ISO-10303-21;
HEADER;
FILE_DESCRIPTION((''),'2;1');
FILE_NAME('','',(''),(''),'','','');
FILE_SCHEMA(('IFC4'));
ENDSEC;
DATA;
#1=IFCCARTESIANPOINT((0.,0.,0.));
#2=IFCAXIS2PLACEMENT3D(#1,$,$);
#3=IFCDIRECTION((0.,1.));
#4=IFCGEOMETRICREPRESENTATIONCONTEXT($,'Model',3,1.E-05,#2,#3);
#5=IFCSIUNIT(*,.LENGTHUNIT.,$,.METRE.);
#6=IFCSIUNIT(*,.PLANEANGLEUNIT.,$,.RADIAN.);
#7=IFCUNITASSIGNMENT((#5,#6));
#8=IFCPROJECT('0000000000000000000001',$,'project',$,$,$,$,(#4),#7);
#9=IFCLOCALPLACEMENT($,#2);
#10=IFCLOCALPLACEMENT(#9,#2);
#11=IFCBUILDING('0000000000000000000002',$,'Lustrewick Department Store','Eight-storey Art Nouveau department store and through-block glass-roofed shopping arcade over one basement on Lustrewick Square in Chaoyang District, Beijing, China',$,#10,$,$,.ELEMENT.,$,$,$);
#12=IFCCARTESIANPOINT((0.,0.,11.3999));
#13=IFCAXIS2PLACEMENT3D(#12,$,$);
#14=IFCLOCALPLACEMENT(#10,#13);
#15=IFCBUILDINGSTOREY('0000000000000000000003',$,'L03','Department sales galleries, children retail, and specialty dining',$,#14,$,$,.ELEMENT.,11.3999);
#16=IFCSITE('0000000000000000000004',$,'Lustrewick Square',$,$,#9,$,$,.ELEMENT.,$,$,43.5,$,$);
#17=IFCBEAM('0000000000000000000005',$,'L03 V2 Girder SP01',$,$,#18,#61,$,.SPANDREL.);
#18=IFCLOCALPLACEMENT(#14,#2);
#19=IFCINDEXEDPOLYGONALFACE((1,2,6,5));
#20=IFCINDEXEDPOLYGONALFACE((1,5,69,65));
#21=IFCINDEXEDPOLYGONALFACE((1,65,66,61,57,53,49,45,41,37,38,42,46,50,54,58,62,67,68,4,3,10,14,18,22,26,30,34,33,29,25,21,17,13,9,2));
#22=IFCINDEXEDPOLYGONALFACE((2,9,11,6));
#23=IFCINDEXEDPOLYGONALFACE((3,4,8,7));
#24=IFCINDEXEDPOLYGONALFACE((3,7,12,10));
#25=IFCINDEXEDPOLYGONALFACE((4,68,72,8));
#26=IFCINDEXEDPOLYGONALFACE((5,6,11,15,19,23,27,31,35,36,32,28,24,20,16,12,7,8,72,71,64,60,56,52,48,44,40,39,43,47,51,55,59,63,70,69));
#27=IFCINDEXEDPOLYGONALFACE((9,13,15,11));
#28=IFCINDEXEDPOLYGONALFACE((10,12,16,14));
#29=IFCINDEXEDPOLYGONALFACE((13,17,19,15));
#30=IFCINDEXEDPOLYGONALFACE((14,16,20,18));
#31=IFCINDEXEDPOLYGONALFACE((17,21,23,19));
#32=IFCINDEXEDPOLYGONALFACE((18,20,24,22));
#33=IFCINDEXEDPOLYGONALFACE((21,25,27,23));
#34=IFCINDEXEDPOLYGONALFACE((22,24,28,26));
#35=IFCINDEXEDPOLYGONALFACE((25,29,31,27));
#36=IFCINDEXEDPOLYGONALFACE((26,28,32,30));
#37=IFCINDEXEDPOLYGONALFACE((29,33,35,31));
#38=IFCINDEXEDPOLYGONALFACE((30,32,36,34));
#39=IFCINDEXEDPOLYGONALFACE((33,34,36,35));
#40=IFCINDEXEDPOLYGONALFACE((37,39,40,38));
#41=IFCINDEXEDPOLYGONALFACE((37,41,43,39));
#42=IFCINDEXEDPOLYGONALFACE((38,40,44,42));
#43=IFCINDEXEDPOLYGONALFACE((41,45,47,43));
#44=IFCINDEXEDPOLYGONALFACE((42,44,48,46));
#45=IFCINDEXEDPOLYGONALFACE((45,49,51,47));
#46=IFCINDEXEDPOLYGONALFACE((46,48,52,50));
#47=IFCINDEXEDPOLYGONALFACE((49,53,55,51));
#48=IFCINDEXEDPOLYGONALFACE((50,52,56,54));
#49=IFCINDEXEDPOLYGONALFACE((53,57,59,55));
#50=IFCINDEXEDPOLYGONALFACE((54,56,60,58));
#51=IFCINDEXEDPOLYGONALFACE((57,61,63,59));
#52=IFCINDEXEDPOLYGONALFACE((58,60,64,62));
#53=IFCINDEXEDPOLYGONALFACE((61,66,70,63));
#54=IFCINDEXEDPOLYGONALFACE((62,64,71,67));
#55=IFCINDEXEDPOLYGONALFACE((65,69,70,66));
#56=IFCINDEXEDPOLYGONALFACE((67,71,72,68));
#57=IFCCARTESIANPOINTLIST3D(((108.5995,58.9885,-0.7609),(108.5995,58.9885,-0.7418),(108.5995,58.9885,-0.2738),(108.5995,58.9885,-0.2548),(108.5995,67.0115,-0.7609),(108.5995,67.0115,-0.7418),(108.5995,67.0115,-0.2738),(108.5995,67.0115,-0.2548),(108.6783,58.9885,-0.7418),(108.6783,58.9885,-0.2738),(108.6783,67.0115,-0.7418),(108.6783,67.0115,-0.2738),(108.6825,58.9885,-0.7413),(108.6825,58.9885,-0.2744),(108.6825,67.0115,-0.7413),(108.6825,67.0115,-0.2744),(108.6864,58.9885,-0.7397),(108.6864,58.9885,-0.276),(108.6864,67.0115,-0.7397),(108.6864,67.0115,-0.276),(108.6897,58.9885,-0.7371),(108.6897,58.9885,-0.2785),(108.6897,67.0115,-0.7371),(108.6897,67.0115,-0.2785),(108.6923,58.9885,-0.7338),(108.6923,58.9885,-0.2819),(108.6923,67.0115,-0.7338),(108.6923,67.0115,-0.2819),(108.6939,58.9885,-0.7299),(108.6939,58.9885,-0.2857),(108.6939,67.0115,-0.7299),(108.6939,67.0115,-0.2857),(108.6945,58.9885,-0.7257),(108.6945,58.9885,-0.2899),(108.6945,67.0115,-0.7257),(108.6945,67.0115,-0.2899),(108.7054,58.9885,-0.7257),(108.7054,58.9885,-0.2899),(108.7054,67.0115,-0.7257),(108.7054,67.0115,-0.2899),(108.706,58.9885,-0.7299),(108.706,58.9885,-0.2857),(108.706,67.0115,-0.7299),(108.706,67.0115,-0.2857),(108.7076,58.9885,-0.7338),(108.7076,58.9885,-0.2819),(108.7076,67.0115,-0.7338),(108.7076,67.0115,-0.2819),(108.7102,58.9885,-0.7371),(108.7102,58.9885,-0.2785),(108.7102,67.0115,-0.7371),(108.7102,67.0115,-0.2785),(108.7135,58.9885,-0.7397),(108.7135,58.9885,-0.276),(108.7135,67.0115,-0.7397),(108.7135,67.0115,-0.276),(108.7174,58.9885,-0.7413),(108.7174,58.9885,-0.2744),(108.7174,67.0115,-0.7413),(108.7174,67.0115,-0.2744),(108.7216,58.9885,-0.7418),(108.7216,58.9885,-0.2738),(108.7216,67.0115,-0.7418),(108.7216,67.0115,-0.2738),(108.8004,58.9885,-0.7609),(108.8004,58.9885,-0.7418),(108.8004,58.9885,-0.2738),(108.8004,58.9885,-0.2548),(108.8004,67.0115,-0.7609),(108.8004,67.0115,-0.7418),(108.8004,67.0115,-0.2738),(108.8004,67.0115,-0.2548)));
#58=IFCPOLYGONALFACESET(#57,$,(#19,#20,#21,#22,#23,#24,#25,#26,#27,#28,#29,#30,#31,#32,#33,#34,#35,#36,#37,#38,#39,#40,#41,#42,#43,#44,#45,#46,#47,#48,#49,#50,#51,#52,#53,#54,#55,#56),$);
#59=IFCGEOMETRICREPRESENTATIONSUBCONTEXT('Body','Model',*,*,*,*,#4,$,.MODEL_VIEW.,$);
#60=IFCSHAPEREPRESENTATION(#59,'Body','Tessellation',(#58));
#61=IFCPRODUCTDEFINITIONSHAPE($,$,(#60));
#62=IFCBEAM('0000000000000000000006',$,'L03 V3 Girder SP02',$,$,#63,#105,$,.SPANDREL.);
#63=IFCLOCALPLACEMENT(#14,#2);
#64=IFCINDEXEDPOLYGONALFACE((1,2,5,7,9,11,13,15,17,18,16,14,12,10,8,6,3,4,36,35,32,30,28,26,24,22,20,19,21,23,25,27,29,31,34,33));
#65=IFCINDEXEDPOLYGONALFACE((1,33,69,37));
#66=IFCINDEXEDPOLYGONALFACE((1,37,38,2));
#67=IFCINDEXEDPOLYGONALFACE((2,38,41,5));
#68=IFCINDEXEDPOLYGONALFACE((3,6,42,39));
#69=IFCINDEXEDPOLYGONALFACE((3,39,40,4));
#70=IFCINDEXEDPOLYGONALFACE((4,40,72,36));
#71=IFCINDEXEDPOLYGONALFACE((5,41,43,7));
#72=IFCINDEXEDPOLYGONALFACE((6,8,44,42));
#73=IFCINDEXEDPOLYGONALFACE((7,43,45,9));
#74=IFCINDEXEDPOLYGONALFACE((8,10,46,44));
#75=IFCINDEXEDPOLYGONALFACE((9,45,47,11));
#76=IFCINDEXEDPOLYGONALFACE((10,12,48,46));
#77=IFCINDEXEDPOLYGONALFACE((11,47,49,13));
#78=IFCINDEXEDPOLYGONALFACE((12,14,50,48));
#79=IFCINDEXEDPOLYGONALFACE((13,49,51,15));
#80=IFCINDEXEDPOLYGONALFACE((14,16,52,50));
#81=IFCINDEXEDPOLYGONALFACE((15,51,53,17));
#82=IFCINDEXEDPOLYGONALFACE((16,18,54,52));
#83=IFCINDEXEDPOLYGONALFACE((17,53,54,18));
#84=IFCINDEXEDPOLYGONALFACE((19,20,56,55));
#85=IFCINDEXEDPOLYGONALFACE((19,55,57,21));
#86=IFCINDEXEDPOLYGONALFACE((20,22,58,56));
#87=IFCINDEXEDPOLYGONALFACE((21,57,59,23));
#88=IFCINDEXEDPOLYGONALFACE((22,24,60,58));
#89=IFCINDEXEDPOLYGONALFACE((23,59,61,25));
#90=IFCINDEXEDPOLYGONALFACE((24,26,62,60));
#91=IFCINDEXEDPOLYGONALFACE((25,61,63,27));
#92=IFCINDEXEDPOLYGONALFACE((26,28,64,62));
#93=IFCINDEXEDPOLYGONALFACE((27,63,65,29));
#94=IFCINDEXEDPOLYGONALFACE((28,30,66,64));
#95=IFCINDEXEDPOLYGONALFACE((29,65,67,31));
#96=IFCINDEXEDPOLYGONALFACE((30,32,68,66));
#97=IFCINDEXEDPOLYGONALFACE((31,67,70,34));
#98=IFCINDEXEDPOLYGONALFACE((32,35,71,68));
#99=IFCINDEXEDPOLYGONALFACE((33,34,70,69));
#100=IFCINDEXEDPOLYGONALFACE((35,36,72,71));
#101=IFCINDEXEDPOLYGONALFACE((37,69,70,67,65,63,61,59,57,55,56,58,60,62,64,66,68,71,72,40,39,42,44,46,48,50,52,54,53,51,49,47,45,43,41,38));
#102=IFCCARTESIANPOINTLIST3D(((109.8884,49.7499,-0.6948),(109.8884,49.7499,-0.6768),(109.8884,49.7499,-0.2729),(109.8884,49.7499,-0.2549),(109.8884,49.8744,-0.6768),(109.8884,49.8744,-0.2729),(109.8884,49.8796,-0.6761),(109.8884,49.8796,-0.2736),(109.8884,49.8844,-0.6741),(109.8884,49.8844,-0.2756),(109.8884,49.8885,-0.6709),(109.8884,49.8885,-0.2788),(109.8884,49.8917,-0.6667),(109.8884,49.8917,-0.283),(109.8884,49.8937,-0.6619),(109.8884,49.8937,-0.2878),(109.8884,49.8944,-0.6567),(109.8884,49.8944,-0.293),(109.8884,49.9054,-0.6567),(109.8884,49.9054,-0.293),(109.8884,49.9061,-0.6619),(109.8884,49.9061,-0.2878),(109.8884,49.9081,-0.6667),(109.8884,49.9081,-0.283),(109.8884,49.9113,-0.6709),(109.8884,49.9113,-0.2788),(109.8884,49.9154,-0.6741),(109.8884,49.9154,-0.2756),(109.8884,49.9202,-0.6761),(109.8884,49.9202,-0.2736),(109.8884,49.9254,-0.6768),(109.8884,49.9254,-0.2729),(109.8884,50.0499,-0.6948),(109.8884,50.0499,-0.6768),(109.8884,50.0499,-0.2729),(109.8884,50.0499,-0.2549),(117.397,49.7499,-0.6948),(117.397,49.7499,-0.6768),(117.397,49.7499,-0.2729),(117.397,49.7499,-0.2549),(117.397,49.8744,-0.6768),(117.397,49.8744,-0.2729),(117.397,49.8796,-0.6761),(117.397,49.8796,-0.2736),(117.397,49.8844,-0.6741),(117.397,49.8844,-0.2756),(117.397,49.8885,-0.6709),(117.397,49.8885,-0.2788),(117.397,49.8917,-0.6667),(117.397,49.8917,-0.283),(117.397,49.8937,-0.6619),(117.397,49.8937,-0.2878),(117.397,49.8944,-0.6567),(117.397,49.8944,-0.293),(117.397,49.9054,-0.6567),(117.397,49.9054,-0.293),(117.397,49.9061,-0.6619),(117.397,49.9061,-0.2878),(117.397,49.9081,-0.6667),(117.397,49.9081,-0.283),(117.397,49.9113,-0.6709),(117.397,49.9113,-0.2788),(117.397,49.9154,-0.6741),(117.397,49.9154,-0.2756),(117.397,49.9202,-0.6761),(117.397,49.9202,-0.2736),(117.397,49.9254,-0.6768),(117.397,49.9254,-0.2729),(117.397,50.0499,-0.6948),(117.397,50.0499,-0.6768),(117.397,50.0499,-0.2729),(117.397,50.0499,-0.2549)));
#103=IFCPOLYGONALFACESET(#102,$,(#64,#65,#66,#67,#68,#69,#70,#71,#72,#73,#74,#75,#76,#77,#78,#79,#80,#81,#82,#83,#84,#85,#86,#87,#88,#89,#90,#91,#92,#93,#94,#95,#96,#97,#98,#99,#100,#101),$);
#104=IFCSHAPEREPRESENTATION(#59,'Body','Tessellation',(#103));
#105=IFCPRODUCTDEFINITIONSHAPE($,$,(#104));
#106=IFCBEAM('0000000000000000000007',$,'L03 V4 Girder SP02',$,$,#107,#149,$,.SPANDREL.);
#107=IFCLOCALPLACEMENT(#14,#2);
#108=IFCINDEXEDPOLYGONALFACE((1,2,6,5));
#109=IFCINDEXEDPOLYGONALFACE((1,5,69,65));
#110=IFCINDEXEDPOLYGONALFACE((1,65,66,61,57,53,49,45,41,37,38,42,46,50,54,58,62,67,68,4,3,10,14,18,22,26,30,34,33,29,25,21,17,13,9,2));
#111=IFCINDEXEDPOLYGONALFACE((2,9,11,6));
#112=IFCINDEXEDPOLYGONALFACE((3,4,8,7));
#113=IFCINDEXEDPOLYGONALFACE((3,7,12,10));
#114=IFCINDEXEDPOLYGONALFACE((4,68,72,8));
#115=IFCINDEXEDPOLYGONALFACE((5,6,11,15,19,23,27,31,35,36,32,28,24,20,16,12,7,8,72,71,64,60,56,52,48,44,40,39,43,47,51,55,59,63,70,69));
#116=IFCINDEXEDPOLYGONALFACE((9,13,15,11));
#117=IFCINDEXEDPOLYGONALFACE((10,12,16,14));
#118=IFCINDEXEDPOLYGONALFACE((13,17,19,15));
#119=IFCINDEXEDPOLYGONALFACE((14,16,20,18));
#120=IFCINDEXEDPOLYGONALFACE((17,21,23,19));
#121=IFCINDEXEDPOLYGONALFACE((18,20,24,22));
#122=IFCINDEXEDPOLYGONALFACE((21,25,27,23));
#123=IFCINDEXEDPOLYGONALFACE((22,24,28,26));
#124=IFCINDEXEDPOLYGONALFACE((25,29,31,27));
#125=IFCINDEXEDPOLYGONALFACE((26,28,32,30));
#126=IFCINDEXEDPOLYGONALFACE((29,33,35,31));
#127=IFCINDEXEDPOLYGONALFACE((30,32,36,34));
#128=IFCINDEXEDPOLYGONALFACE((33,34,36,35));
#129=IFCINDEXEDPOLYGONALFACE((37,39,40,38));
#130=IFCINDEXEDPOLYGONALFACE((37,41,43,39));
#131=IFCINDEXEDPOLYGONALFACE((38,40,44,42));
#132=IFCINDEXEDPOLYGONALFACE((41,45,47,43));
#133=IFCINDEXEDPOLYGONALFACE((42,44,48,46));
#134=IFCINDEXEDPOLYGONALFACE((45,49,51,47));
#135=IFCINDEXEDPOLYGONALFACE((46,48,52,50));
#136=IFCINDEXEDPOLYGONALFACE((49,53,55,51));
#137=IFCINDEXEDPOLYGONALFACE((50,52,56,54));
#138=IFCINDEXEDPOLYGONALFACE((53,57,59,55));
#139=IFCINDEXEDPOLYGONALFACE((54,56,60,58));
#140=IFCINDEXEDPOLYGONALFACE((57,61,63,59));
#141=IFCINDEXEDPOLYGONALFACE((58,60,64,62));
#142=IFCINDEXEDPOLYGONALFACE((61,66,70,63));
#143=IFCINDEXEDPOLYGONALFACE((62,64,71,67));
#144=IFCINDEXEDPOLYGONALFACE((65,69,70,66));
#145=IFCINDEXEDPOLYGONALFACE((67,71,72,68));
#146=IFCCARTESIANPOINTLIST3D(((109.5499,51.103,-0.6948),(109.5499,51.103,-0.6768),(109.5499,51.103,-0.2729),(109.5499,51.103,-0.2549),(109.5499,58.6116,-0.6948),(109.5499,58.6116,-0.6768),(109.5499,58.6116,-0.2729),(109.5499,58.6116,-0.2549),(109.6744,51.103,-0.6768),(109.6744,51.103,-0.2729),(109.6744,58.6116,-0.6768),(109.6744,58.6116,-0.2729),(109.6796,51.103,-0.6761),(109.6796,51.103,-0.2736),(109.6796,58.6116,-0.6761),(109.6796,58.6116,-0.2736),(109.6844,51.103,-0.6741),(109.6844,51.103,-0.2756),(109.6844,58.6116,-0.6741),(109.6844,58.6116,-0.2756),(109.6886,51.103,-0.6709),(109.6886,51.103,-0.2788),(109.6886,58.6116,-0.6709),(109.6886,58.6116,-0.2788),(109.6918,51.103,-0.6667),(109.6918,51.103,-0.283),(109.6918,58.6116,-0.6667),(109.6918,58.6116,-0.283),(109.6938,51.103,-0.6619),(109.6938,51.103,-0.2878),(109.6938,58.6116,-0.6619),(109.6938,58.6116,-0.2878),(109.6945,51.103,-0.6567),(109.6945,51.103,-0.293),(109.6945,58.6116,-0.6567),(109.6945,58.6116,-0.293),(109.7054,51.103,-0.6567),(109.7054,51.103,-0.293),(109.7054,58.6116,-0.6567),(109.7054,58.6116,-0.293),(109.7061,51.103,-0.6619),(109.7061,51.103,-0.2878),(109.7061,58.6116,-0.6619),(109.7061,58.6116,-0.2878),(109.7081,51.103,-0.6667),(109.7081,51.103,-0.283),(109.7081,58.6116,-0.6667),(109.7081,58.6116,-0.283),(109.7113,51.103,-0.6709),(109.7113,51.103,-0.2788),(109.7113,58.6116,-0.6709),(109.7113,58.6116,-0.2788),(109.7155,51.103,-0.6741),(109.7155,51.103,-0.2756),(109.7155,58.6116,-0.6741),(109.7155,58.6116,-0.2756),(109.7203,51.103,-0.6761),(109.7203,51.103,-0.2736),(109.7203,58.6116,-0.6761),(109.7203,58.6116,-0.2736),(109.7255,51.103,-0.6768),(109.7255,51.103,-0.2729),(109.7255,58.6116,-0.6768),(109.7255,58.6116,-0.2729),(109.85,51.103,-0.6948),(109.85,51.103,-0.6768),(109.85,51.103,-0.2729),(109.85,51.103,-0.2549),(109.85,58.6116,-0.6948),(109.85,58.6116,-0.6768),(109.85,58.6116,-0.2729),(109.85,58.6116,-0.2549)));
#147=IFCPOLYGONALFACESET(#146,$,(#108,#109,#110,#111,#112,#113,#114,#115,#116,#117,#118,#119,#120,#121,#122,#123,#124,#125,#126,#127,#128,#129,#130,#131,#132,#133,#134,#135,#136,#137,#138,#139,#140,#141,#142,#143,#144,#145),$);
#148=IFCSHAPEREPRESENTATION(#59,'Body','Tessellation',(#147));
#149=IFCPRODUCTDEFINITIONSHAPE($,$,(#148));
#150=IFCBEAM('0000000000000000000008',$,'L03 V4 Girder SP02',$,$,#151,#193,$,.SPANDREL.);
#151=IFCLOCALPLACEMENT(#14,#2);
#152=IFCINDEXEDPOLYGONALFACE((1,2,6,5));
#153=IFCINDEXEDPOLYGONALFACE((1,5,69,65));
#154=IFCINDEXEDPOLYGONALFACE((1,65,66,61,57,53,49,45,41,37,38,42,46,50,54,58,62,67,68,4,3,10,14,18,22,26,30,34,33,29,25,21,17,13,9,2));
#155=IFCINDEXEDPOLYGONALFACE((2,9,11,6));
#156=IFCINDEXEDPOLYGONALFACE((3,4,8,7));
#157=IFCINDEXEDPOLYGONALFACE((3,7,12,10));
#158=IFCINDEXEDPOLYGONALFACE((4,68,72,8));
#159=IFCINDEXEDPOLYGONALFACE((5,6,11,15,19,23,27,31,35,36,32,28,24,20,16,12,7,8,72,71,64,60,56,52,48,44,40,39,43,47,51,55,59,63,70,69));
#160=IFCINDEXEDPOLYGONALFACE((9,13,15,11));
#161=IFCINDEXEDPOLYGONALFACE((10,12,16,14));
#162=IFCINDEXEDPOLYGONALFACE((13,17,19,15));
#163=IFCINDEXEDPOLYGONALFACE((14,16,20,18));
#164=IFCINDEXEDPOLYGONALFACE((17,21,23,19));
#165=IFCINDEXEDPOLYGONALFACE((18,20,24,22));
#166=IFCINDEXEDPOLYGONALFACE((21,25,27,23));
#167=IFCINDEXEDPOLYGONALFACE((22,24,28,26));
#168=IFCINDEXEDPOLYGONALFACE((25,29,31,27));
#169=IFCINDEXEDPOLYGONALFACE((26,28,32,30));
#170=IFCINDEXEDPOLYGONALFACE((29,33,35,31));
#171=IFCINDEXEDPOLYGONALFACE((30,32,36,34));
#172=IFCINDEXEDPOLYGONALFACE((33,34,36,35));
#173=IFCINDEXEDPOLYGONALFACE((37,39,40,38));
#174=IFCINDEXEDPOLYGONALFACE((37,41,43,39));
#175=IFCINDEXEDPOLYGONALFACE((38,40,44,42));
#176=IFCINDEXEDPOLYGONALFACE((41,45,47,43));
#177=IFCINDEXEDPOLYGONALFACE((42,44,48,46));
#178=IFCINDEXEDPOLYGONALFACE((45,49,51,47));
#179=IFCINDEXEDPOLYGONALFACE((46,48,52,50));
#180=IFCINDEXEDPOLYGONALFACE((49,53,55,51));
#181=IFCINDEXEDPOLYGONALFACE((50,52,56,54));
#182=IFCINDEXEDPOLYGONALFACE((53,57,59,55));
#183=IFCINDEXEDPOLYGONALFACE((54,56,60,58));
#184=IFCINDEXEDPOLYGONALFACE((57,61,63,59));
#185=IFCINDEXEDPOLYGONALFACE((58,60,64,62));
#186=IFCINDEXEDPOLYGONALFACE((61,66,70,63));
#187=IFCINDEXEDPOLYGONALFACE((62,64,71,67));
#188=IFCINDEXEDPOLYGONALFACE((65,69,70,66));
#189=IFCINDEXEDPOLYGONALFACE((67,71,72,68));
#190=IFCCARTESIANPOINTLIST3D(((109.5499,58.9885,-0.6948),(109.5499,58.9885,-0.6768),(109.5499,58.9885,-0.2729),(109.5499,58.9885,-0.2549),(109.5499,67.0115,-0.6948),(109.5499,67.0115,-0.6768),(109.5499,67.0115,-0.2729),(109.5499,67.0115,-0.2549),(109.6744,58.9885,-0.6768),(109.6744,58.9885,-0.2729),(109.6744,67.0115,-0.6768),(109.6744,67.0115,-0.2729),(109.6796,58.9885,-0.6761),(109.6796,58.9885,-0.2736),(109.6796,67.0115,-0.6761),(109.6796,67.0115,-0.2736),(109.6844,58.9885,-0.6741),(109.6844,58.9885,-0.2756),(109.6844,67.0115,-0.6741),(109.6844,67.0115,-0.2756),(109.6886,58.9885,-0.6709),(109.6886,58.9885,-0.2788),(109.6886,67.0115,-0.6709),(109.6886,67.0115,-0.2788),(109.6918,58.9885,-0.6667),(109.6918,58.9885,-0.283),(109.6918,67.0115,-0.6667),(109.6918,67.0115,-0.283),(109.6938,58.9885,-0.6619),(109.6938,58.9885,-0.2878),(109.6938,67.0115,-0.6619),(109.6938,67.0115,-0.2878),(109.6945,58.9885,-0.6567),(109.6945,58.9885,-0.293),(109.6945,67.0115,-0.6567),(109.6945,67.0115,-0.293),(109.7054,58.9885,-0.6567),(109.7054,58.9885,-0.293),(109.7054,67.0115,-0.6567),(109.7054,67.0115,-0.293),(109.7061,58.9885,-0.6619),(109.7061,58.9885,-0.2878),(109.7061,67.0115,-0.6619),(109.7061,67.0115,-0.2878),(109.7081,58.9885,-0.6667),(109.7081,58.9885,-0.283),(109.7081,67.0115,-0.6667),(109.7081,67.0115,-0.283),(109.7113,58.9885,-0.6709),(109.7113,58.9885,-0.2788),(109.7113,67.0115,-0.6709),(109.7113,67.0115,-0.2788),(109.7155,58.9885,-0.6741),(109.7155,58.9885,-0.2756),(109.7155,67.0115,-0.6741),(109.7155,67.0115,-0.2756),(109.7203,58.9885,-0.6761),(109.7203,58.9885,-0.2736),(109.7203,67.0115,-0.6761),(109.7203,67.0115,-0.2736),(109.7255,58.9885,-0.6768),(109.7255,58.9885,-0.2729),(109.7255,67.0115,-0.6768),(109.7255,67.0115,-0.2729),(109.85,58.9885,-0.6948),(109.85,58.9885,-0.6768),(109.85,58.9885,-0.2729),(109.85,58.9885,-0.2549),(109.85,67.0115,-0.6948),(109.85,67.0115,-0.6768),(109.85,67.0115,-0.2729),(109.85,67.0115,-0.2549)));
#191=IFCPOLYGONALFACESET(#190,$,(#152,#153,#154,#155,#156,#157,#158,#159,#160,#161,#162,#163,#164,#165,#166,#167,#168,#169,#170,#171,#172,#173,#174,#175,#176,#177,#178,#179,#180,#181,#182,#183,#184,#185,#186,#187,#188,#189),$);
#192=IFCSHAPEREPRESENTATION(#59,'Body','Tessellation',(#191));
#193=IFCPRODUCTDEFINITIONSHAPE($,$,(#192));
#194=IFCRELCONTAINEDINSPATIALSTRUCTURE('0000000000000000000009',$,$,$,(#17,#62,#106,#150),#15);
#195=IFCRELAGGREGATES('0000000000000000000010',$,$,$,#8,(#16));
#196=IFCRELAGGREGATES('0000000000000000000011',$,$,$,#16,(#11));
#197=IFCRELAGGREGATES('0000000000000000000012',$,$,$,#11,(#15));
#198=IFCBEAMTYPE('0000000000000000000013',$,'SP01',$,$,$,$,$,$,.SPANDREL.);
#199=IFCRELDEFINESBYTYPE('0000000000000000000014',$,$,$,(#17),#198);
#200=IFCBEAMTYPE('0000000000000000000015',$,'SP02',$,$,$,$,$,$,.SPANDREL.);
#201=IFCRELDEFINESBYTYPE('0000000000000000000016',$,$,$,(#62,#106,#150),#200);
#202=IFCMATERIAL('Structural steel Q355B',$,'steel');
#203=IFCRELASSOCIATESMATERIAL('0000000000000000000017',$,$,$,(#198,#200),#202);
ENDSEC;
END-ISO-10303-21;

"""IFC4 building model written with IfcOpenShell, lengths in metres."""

from ifc_helpers import new_model, si_unit, direction, frame, origin, origin_2d, place, context, subcontext, project, spatial, i_section, extrude, material, material_profile, profile_set, type_object, element, save


model = new_model("IFC4")

# Units and contexts
model_context = context("Model", 3, precision=1e-05, world=origin(), true_north=direction((0.0, 1.0)))
body_context = subcontext(model_context, "Body", "Model", "MODEL_VIEW")
ifc_project = project(units=[si_unit("LENGTHUNIT", "METRE"), si_unit("PLANEANGLEUNIT", "RADIAN")], contexts=[model_context])

# Site, building, storey
site_placement = place(None, origin())
site = spatial("IfcSite", under=ifc_project, at=site_placement, Name="Lustrewick Square", CompositionType="ELEMENT", RefElevation=43.5)
building_placement = place(site_placement, origin())
building = spatial("IfcBuilding", under=site, at=building_placement, Name="Lustrewick Department Store", Description="Eight-storey Art Nouveau department store and through-block glass-roofed shopping arcade over one basement on Lustrewick Square in Chaoyang District, Beijing, China", CompositionType="ELEMENT")
storey_placement = place(building_placement, frame((0.0, 0.0, 11.3999)))
storey = spatial("IfcBuildingStorey", under=building, at=storey_placement, Name="L03", Description="Department sales galleries, children retail, and specialty dining", CompositionType="ELEMENT", Elevation=11.3999)

# Shared definitions
ifc_material_1 = material(Name="Structural steel Q355B", Category="steel")

# Beams
ifc_material_profile_1 = material_profile(ifc_material_1, i_section(OverallWidth=0.2009, OverallDepth=0.5061, WebThickness=0.011, FlangeThickness=0.019, FilletRadius=0.0161, at=origin_2d()), Name="HN 506x201x11x19")
ifc_profile_set_1 = profile_set([ifc_material_profile_1], Name="Structural steel Q355B")
beam_type_1 = type_object("IfcBeamType", Name="SP01", PredefinedType="SPANDREL", material=ifc_profile_set_1)
beam_1_placement = place(storey_placement, frame((108.7, 58.9885, -0.5078), z_axis=(0.0, 1.0, 0.0), x_axis=(-1.0, 0.0, 0.0)))
element("IfcBeam", 1, at=beam_1_placement, inside=storey, type_object=beam_type_1, Name="L03 V2 Girder SP01", PredefinedType="SPANDREL", context=body_context, shape_type="SweptSolid", body=[
    extrude(i_section(OverallWidth=0.2009, OverallDepth=0.5061, WebThickness=0.011, FlangeThickness=0.019, FilletRadius=0.0161, at=origin_2d()), origin(), (0.0, 0.0, 1.0), 8.0229),
])
ifc_material_profile_2 = material_profile(ifc_material_1, i_section(OverallWidth=0.3, OverallDepth=0.4399, WebThickness=0.011, FlangeThickness=0.0181, FilletRadius=0.02, at=origin_2d()), Name="HM 440x300x11x18")
ifc_profile_set_2 = profile_set([ifc_material_profile_2], Name="Structural steel Q355B")
beam_type_2 = type_object("IfcBeamType", Name="SP02", PredefinedType="SPANDREL", material=ifc_profile_set_2)
for number, where, z_axis, x_axis, name in (
    (2, (109.8884, 49.8999, -0.4749), (1.0, 0.0, 0.0), (0.0, 1.0, 0.0), "L03 V3 Girder SP02"),
    (3, (109.7, 51.103, -0.4749), (0.0, 1.0, 0.0), (-1.0, 0.0, 0.0), "L03 V4 Girder SP02"),
):
    element("IfcBeam", number, at=place(storey_placement, frame(where, z_axis=z_axis, x_axis=x_axis)), inside=storey, type_object=beam_type_2, Name=name, PredefinedType="SPANDREL", context=body_context, shape_type="SweptSolid", body=[
        extrude(i_section(OverallWidth=0.3, OverallDepth=0.4399, WebThickness=0.011, FlangeThickness=0.0181, FilletRadius=0.02, at=origin_2d()), origin(), (0.0, 0.0, 1.0), 7.5085),
    ])
beam_2_placement = place(storey_placement, frame((109.7, 58.9885, -0.4749), z_axis=(0.0, 1.0, 0.0), x_axis=(-1.0, 0.0, 0.0)))
element("IfcBeam", 4, at=beam_2_placement, inside=storey, type_object=beam_type_2, Name="L03 V4 Girder SP02", PredefinedType="SPANDREL", context=body_context, shape_type="SweptSolid", body=[
    extrude(i_section(OverallWidth=0.3, OverallDepth=0.4399, WebThickness=0.011, FlangeThickness=0.0181, FilletRadius=0.02, at=origin_2d()), origin(), (0.0, 0.0, 1.0), 8.0229),
])

save(model, "model.ifc")
